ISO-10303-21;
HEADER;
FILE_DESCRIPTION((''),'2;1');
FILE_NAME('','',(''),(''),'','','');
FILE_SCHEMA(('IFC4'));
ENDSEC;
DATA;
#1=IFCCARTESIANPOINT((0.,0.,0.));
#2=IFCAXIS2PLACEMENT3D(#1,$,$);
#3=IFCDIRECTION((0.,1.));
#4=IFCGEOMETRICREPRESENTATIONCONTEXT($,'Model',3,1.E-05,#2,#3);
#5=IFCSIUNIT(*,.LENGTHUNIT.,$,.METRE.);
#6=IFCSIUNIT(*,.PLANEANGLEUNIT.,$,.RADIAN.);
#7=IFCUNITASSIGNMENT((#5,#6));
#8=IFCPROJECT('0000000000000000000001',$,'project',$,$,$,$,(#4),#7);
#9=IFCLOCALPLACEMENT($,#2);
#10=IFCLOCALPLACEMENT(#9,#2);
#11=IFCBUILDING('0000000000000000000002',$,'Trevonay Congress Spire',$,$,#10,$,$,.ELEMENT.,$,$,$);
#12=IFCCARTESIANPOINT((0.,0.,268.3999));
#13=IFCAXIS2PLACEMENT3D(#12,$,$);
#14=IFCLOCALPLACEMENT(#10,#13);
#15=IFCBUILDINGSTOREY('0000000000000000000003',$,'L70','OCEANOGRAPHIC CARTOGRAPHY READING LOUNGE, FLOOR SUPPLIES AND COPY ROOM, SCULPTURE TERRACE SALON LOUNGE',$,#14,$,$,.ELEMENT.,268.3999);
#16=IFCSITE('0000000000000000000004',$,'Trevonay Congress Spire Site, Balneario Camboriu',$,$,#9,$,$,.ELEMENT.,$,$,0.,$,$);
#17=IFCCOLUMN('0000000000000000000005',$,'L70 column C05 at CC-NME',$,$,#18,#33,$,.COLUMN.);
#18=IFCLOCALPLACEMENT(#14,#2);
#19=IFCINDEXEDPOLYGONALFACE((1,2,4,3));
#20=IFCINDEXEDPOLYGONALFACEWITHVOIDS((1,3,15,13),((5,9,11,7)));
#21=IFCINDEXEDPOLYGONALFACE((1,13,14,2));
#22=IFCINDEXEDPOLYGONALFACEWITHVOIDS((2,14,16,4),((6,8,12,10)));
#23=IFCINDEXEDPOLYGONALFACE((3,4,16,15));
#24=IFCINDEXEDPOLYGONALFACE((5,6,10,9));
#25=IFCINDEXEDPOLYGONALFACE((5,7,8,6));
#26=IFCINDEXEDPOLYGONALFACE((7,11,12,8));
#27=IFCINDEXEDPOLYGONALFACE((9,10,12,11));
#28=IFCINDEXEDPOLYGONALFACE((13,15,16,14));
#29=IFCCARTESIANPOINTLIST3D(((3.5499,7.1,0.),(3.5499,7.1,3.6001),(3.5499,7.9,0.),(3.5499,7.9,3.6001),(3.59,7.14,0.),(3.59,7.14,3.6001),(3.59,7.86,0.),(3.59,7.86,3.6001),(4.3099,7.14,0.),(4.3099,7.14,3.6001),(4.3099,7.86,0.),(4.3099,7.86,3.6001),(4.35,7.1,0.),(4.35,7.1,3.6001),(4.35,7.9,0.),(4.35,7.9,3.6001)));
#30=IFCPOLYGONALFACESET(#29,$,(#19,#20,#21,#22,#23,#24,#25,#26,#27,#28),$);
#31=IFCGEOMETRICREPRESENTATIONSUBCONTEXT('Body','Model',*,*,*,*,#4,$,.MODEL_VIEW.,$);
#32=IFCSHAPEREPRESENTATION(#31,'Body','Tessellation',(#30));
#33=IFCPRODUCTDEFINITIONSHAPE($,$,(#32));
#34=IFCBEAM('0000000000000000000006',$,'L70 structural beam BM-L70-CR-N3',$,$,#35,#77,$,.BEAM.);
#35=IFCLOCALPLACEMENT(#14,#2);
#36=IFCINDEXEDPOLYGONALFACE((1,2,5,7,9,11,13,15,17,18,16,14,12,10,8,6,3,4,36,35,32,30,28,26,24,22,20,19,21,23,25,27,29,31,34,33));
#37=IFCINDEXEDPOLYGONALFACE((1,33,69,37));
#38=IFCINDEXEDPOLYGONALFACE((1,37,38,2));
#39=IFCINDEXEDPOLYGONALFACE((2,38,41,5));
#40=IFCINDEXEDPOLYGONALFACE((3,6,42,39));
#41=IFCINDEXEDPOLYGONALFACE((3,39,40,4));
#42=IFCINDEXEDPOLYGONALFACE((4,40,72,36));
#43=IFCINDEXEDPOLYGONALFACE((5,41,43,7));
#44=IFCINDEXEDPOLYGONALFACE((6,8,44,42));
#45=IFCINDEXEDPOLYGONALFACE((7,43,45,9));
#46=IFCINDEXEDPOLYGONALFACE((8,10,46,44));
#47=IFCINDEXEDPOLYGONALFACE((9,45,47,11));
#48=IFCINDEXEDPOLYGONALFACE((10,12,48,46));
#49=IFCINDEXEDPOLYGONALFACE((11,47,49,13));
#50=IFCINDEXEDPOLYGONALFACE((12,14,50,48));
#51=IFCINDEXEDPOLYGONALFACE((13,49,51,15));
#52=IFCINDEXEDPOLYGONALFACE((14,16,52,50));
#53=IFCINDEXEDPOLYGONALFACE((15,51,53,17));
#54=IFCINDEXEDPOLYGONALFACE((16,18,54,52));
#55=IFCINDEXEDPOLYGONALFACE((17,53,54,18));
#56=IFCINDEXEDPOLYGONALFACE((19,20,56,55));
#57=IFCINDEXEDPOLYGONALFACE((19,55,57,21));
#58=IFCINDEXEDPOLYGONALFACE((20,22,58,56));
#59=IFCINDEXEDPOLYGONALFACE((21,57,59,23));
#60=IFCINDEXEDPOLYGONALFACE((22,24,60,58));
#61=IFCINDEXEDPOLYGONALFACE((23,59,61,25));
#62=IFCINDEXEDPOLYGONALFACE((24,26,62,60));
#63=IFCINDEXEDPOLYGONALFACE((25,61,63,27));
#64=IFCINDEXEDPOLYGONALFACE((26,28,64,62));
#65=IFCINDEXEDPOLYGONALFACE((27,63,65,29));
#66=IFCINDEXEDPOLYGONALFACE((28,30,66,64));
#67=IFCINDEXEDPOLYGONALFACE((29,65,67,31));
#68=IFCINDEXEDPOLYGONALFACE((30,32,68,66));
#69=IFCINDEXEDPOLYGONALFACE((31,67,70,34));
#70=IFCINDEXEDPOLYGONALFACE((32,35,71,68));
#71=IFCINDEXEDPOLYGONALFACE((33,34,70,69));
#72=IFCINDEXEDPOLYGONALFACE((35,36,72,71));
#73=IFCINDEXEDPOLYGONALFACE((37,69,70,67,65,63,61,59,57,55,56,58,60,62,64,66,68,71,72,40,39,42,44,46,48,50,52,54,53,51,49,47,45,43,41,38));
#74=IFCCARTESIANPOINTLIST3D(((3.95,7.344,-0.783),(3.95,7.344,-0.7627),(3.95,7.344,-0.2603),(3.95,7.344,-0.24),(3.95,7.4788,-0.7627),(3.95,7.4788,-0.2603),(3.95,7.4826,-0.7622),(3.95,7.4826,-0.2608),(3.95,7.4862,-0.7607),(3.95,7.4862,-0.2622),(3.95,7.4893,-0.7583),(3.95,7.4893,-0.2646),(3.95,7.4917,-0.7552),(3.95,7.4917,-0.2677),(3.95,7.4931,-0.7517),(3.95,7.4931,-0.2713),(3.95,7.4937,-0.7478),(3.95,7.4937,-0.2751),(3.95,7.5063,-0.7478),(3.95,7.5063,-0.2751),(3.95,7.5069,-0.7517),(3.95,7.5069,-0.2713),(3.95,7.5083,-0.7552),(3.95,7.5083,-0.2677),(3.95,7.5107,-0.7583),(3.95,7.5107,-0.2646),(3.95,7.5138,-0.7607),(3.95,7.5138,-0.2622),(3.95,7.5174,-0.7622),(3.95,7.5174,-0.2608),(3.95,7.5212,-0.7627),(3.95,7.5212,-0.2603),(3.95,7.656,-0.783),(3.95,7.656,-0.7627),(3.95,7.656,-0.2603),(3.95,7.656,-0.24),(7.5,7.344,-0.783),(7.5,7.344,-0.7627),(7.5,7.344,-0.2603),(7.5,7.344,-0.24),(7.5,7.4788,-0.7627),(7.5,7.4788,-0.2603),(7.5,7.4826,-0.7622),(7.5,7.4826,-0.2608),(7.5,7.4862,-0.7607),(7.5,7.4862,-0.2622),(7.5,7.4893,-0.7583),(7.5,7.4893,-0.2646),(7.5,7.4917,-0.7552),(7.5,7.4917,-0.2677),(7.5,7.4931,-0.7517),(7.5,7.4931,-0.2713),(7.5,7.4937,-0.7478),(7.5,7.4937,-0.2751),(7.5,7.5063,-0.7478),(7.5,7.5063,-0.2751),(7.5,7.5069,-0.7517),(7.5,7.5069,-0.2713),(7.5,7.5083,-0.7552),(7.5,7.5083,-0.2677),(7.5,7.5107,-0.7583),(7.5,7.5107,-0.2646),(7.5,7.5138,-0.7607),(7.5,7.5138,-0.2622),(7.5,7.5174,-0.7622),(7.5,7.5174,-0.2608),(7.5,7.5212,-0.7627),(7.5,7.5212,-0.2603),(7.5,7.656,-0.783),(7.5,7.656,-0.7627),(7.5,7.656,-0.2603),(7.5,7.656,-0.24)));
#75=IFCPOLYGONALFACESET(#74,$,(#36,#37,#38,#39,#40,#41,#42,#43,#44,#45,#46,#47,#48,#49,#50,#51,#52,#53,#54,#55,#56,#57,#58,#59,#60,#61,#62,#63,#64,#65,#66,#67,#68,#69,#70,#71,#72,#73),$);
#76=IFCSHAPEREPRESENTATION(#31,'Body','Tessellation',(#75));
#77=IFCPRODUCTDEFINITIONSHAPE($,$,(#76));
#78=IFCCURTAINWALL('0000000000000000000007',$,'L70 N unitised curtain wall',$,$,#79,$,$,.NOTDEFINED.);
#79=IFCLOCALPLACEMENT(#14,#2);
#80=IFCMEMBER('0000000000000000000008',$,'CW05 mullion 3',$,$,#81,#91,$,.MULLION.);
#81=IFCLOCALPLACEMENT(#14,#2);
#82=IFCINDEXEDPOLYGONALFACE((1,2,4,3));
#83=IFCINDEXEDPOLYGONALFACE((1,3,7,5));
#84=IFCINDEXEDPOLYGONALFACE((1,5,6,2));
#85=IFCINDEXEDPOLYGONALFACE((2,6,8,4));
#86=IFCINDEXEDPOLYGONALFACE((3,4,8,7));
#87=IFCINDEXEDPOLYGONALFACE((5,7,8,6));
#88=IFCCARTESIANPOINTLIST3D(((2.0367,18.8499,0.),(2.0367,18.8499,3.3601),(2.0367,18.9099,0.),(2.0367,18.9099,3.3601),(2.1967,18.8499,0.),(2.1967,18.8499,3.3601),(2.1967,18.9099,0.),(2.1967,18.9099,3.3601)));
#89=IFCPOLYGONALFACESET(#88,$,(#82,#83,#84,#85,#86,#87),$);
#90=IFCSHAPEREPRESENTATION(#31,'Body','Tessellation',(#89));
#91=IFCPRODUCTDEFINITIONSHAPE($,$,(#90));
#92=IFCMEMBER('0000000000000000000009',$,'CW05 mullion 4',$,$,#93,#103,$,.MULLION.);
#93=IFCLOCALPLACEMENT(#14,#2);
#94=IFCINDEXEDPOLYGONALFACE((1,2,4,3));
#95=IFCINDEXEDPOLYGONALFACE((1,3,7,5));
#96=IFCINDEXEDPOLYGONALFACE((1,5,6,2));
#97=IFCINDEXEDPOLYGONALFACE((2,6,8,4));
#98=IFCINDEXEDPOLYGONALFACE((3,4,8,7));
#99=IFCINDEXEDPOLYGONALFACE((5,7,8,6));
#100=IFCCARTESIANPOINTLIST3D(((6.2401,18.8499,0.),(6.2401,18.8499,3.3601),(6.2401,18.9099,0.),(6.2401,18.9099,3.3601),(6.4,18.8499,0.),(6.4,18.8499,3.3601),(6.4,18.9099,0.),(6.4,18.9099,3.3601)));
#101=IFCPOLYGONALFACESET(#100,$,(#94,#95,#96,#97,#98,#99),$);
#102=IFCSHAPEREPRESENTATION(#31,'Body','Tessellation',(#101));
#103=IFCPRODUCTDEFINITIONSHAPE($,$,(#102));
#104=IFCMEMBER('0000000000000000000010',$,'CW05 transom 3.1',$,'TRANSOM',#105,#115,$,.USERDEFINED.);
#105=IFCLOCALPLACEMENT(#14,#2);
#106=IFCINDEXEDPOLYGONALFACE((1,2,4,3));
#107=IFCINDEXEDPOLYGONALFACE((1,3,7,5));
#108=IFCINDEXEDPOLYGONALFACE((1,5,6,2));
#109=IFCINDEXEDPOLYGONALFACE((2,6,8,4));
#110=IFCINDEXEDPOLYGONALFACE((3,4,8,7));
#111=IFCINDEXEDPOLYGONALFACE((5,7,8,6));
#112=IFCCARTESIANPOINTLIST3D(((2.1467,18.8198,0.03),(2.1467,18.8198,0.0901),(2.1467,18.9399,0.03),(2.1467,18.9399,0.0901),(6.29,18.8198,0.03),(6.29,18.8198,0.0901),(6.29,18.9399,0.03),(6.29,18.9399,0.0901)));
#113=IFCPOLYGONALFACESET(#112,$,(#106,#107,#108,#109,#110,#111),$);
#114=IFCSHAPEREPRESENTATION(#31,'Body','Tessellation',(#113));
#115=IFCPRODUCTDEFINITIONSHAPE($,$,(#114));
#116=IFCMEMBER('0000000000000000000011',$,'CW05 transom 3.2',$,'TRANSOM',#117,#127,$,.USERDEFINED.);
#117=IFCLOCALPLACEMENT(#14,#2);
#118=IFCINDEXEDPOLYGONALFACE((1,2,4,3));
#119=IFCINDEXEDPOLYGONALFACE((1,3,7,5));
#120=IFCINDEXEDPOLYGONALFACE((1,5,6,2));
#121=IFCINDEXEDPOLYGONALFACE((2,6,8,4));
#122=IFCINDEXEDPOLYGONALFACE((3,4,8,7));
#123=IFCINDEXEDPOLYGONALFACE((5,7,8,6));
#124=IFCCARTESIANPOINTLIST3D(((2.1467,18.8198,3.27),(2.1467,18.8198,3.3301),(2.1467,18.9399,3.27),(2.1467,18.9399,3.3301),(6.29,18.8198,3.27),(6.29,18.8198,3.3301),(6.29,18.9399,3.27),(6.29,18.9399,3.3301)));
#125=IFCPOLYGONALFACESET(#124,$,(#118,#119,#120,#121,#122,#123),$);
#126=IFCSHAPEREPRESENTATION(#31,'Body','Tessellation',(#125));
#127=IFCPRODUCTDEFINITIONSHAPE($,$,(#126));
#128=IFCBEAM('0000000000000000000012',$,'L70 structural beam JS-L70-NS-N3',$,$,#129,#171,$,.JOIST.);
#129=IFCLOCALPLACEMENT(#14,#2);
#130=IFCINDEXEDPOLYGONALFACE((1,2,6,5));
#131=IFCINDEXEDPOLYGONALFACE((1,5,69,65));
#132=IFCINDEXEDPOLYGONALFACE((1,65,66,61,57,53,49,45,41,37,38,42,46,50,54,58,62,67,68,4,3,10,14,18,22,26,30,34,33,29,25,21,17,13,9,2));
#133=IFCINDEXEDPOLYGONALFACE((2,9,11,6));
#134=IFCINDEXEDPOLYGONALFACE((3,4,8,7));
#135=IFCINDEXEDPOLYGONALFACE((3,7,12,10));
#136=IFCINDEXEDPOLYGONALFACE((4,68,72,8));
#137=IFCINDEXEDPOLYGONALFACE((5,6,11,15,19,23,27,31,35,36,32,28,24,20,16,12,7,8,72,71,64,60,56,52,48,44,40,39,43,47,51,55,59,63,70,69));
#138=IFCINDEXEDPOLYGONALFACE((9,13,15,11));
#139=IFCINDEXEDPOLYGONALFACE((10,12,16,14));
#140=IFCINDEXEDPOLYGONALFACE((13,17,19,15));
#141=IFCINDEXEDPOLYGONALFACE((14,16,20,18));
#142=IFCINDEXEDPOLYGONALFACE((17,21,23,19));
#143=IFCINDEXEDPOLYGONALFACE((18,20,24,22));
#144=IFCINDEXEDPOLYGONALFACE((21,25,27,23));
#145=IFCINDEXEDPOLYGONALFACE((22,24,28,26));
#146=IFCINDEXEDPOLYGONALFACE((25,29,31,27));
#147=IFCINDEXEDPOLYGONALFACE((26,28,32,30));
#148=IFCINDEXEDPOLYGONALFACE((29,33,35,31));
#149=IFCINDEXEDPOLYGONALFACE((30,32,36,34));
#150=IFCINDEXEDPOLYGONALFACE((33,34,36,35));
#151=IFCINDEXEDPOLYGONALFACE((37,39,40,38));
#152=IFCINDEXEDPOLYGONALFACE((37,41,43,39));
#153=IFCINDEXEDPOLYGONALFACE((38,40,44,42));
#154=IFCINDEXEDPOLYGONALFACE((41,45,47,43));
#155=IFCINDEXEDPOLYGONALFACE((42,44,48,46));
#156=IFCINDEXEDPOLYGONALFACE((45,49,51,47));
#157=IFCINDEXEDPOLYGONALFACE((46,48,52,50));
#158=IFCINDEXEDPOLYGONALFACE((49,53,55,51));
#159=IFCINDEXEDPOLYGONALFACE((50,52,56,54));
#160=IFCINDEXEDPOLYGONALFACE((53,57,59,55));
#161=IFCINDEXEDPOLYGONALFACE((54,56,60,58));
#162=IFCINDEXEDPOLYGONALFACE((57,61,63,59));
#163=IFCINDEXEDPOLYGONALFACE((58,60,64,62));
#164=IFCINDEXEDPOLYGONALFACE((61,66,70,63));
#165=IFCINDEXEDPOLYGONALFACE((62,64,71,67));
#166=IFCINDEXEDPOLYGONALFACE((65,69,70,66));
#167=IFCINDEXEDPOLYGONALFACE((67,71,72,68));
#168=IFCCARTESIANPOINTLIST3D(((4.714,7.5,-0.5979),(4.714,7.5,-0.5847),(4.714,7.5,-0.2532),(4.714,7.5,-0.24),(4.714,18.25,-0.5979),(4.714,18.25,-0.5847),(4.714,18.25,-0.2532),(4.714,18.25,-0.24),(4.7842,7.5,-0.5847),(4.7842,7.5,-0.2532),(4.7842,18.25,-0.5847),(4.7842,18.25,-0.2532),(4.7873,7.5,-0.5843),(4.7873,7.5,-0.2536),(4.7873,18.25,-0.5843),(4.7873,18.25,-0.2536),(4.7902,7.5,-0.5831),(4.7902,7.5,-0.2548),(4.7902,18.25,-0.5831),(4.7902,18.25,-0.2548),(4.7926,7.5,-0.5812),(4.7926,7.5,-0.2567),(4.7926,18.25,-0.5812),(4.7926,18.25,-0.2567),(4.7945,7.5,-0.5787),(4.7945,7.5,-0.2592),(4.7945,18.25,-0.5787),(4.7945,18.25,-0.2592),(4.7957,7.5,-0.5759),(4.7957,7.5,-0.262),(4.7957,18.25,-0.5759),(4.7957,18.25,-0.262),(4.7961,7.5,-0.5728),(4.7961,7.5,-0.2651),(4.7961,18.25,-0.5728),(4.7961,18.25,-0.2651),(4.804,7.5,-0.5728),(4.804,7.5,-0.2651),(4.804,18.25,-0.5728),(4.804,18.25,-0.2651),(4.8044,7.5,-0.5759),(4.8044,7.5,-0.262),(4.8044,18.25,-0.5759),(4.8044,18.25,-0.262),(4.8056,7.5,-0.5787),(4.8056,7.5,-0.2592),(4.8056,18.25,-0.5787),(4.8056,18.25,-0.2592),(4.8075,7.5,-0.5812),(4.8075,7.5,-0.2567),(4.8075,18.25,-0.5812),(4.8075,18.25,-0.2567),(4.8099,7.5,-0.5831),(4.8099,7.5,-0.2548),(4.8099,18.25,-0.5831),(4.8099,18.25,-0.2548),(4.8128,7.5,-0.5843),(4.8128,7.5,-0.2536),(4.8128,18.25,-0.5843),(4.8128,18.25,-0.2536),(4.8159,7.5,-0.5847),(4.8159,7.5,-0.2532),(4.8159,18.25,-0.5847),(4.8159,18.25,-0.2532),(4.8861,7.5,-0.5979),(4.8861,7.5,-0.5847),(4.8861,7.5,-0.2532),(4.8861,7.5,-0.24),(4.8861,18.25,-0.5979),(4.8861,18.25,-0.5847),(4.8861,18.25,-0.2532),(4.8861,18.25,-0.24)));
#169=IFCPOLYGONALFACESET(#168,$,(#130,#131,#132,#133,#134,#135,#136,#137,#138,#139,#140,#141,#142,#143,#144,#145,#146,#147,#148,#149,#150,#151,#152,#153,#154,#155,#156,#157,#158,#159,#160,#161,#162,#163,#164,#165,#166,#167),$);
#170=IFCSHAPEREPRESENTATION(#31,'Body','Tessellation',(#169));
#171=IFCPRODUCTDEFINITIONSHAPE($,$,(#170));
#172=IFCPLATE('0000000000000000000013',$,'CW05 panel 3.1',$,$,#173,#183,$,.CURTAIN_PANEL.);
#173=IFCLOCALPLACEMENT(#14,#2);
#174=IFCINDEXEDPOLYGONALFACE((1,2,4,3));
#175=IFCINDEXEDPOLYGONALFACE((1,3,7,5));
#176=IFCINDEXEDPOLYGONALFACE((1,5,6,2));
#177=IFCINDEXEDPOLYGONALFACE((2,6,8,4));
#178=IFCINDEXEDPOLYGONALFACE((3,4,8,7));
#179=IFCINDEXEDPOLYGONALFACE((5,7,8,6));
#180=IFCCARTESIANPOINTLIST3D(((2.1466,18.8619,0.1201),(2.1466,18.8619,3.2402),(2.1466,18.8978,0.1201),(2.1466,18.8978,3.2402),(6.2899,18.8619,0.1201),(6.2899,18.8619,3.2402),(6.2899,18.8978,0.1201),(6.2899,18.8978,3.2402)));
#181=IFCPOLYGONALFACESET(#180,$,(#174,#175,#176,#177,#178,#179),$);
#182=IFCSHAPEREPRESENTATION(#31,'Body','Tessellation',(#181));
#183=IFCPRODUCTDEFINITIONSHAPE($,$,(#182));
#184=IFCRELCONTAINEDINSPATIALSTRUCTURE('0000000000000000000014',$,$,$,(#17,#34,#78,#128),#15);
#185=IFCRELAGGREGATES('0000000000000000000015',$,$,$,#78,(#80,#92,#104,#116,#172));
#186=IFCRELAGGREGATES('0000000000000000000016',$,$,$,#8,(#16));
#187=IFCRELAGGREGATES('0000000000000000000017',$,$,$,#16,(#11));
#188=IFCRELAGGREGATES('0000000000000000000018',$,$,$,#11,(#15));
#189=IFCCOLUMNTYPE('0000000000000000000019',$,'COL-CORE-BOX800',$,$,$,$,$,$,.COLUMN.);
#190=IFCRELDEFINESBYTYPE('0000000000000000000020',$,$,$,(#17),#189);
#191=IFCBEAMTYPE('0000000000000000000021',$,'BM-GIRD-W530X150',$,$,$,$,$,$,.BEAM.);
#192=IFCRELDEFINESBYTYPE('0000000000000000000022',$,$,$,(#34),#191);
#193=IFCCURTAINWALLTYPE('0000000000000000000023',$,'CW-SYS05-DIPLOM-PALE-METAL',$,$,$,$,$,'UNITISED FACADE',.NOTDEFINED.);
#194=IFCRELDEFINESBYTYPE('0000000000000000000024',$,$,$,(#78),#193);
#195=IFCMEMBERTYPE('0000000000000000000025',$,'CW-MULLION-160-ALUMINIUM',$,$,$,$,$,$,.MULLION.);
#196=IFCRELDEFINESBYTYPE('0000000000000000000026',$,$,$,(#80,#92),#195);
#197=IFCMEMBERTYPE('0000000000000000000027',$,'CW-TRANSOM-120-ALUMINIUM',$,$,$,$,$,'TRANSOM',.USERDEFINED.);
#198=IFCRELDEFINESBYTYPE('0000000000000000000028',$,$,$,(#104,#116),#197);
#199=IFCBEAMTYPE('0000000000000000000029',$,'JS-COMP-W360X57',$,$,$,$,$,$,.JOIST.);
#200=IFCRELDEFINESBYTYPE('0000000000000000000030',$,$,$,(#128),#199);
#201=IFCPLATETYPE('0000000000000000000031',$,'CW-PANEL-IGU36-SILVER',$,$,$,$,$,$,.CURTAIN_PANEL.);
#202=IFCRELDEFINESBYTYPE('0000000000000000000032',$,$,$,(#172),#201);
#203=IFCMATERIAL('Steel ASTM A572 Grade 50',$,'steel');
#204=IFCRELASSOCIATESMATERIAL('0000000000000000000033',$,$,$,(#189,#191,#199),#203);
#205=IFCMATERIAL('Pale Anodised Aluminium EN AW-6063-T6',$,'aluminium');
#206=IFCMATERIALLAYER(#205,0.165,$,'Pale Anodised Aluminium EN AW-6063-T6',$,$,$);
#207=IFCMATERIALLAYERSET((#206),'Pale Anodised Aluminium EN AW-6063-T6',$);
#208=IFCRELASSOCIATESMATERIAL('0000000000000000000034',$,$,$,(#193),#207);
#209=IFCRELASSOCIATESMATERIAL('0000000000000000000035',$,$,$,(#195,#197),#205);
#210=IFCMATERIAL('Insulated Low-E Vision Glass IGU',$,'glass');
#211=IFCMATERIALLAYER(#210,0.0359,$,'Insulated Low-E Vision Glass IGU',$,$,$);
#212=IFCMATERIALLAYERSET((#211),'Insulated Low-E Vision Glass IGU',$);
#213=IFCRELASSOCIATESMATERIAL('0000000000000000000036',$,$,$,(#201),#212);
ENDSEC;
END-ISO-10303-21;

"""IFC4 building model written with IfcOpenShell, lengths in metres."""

from ifc_helpers import new_model, si_unit, direction, frame, origin, origin_2d, place, context, subcontext, project, spatial, rectangle, hollow_rectangle, i_section, extrude, material, layer, layer_set, material_profile, profile_set, type_object, element, aggregate, save


model = new_model("IFC4")

# Units and contexts
model_context = context("Model", 3, precision=1e-05, world=origin(), true_north=direction((0.0, 1.0)))
body_context = subcontext(model_context, "Body", "Model", "MODEL_VIEW")
ifc_project = project(units=[si_unit("LENGTHUNIT", "METRE"), si_unit("PLANEANGLEUNIT", "RADIAN")], contexts=[model_context])

# Site, building, storey
site_placement = place(None, origin())
site = spatial("IfcSite", under=ifc_project, at=site_placement, Name="Trevonay Congress Spire Site, Balneario Camboriu", CompositionType="ELEMENT", RefElevation=0.0)
building_placement = place(site_placement, origin())
building = spatial("IfcBuilding", under=site, at=building_placement, Name="Trevonay Congress Spire", CompositionType="ELEMENT")
storey_placement = place(building_placement, frame((0.0, 0.0, 268.3999)))
storey = spatial("IfcBuildingStorey", under=building, at=storey_placement, Name="L70", Description="OCEANOGRAPHIC CARTOGRAPHY READING LOUNGE, FLOOR SUPPLIES AND COPY ROOM, SCULPTURE TERRACE SALON LOUNGE", CompositionType="ELEMENT", Elevation=268.3999)

# Column
ifc_material_1 = material(Name="Steel ASTM A572 Grade 50", Category="steel")
ifc_material_profile_1 = material_profile(ifc_material_1, hollow_rectangle(XDim=0.8, YDim=0.8, WallThickness=0.04, at=origin_2d()), Name="BOX 800x800x40")
ifc_profile_set_1 = profile_set([ifc_material_profile_1], Name="Steel ASTM A572 Grade 50")
column_type = type_object("IfcColumnType", Name="COL-CORE-BOX800", PredefinedType="COLUMN", material=ifc_profile_set_1)
column_placement = place(storey_placement, frame((3.95, 7.5, 0.0), z_axis=(0.0, 0.0, 1.0), x_axis=(1.0, 0.0, 0.0)))
element("IfcColumn", 1, at=column_placement, inside=storey, type_object=column_type, Name="L70 column C05 at CC-NME", PredefinedType="COLUMN", context=body_context, shape_type="SweptSolid", body=[
    extrude(hollow_rectangle(XDim=0.8, YDim=0.8, WallThickness=0.04, at=origin_2d()), origin(), (0.0, 0.0, 1.0), 3.6001),
])

# Beam
ifc_material_profile_2 = material_profile(ifc_material_1, i_section(OverallWidth=0.312, OverallDepth=0.543, WebThickness=0.0127, FlangeThickness=0.0203, FilletRadius=0.0149, at=origin_2d()), Name="W530x150")
ifc_profile_set_2 = profile_set([ifc_material_profile_2], Name="Steel ASTM A572 Grade 50")
beam_type_1 = type_object("IfcBeamType", Name="BM-GIRD-W530X150", PredefinedType="BEAM", material=ifc_profile_set_2)
beam_1_placement = place(storey_placement, frame((3.95, 7.5, -0.5115), z_axis=(1.0, 0.0, 0.0), x_axis=(0.0, 1.0, 0.0)))
element("IfcBeam", 2, at=beam_1_placement, inside=storey, type_object=beam_type_1, Name="L70 structural beam BM-L70-CR-N3", PredefinedType="BEAM", context=body_context, shape_type="SweptSolid", body=[
    extrude(i_section(OverallWidth=0.312, OverallDepth=0.543, WebThickness=0.0127, FlangeThickness=0.0203, FilletRadius=0.0149, at=origin_2d()), origin(), (0.0, 0.0, 1.0), 3.55),
])

# Curtain wall, members
ifc_material_2 = material(Name="Pale Anodised Aluminium EN AW-6063-T6", Category="aluminium")
ifc_layer_1 = layer(ifc_material_2, 0.165, Name="Pale Anodised Aluminium EN AW-6063-T6")
ifc_layer_set_1 = layer_set([ifc_layer_1], Name="Pale Anodised Aluminium EN AW-6063-T6")
curtain_wall_type = type_object("IfcCurtainWallType", Name="CW-SYS05-DIPLOM-PALE-METAL", ElementType="UNITISED FACADE", PredefinedType="NOTDEFINED", material=ifc_layer_set_1)
curtain_wall_placement = place(storey_placement, origin())
curtain_wall = element("IfcCurtainWall", 3, at=curtain_wall_placement, inside=storey, type_object=curtain_wall_type, Name="L70 N unitised curtain wall", PredefinedType="NOTDEFINED")
ifc_material_profile_3 = material_profile(ifc_material_2, rectangle(XDim=0.0601, YDim=0.1599, at=origin_2d()), Name="CW-MULLION-160-ALUMINIUM")
ifc_profile_set_3 = profile_set([ifc_material_profile_3], Name="Pale Anodised Aluminium EN AW-6063-T6")
member_type_1 = type_object("IfcMemberType", Name="CW-MULLION-160-ALUMINIUM", PredefinedType="MULLION", material=ifc_profile_set_3)
member_1_placement = place(storey_placement, frame((2.1167, 18.8799, 0.0), z_axis=(0.0, 0.0, 1.0), x_axis=(0.0, 1.0, 0.0)))
member_1 = element("IfcMember", 4, at=member_1_placement, type_object=member_type_1, Name="CW05 mullion 3", PredefinedType="MULLION", context=body_context, shape_type="SweptSolid", body=[
    extrude(rectangle(XDim=0.0601, YDim=0.1599, at=origin_2d()), origin(), (0.0, 0.0, 1.0), 3.3601),
])
member_2_placement = place(storey_placement, frame((6.3201, 18.8799, 0.0), z_axis=(0.0, 0.0, 1.0), x_axis=(0.0, 1.0, 0.0)))
member_2 = element("IfcMember", 5, at=member_2_placement, type_object=member_type_1, Name="CW05 mullion 4", PredefinedType="MULLION", context=body_context, shape_type="SweptSolid", body=[
    extrude(rectangle(XDim=0.0601, YDim=0.1599, at=origin_2d()), origin(), (0.0, 0.0, 1.0), 3.3601),
])
ifc_material_profile_4 = material_profile(ifc_material_2, rectangle(XDim=0.1201, YDim=0.0601, at=origin_2d()), Name="CW-TRANSOM-120-ALUMINIUM")
ifc_profile_set_4 = profile_set([ifc_material_profile_4], Name="Pale Anodised Aluminium EN AW-6063-T6")
member_type_2 = type_object("IfcMemberType", Name="CW-TRANSOM-120-ALUMINIUM", ElementType="TRANSOM", PredefinedType="USERDEFINED", material=ifc_profile_set_4)
member_3_placement = place(storey_placement, frame((2.1467, 18.8799, 0.0601), z_axis=(1.0, 0.0, 0.0), x_axis=(0.0, 1.0, 0.0)))
member_3 = element("IfcMember", 6, at=member_3_placement, type_object=member_type_2, Name="CW05 transom 3.1", ObjectType="TRANSOM", PredefinedType="USERDEFINED", context=body_context, shape_type="SweptSolid", body=[
    extrude(rectangle(XDim=0.1201, YDim=0.0601, at=origin_2d()), origin(), (0.0, 0.0, 1.0), 4.1433),
])
member_4_placement = place(storey_placement, frame((2.1467, 18.8799, 3.3), z_axis=(1.0, 0.0, 0.0), x_axis=(0.0, 1.0, 0.0)))
member_4 = element("IfcMember", 7, at=member_4_placement, type_object=member_type_2, Name="CW05 transom 3.2", ObjectType="TRANSOM", PredefinedType="USERDEFINED", context=body_context, shape_type="SweptSolid", body=[
    extrude(rectangle(XDim=0.1201, YDim=0.0601, at=origin_2d()), origin(), (0.0, 0.0, 1.0), 4.1433),
])

# Beam
ifc_material_profile_5 = material_profile(ifc_material_1, i_section(OverallWidth=0.1721, OverallDepth=0.3579, WebThickness=0.0078, FlangeThickness=0.0132, FilletRadius=0.012, at=origin_2d()), Name="W360x57.8")
ifc_profile_set_5 = profile_set([ifc_material_profile_5], Name="Steel ASTM A572 Grade 50")
beam_type_2 = type_object("IfcBeamType", Name="JS-COMP-W360X57", PredefinedType="JOIST", material=ifc_profile_set_5)
beam_2_placement = place(storey_placement, frame((4.8, 7.5, -0.4189), z_axis=(0.0, 1.0, 0.0), x_axis=(-1.0, 0.0, 0.0)))
element("IfcBeam", 8, at=beam_2_placement, inside=storey, type_object=beam_type_2, Name="L70 structural beam JS-L70-NS-N3", PredefinedType="JOIST", context=body_context, shape_type="SweptSolid", body=[
    extrude(i_section(OverallWidth=0.1721, OverallDepth=0.3579, WebThickness=0.0078, FlangeThickness=0.0132, FilletRadius=0.012, at=origin_2d()), origin(), (0.0, 0.0, 1.0), 10.75),
])

# Plate
ifc_material_3 = material(Name="Insulated Low-E Vision Glass IGU", Category="glass")
ifc_layer_2 = layer(ifc_material_3, 0.0359, Name="Insulated Low-E Vision Glass IGU")
ifc_layer_set_2 = layer_set([ifc_layer_2], Name="Insulated Low-E Vision Glass IGU")
plate_type = type_object("IfcPlateType", Name="CW-PANEL-IGU36-SILVER", PredefinedType="CURTAIN_PANEL", material=ifc_layer_set_2)
plate_placement = place(storey_placement, frame((4.2183, 18.8799, 0.1201), z_axis=(0.0, 0.0, 1.0), x_axis=(1.0, 0.0, 0.0)))
plate = element("IfcPlate", 9, at=plate_placement, type_object=plate_type, Name="CW05 panel 3.1", PredefinedType="CURTAIN_PANEL", context=body_context, shape_type="SweptSolid", body=[
    extrude(rectangle(XDim=4.1433, YDim=0.0359, at=origin_2d()), origin(), (0.0, 0.0, 1.0), 3.1201),
])
aggregate(curtain_wall, [member_1, member_2, member_3, member_4, plate])

save(model, "model.ifc")
